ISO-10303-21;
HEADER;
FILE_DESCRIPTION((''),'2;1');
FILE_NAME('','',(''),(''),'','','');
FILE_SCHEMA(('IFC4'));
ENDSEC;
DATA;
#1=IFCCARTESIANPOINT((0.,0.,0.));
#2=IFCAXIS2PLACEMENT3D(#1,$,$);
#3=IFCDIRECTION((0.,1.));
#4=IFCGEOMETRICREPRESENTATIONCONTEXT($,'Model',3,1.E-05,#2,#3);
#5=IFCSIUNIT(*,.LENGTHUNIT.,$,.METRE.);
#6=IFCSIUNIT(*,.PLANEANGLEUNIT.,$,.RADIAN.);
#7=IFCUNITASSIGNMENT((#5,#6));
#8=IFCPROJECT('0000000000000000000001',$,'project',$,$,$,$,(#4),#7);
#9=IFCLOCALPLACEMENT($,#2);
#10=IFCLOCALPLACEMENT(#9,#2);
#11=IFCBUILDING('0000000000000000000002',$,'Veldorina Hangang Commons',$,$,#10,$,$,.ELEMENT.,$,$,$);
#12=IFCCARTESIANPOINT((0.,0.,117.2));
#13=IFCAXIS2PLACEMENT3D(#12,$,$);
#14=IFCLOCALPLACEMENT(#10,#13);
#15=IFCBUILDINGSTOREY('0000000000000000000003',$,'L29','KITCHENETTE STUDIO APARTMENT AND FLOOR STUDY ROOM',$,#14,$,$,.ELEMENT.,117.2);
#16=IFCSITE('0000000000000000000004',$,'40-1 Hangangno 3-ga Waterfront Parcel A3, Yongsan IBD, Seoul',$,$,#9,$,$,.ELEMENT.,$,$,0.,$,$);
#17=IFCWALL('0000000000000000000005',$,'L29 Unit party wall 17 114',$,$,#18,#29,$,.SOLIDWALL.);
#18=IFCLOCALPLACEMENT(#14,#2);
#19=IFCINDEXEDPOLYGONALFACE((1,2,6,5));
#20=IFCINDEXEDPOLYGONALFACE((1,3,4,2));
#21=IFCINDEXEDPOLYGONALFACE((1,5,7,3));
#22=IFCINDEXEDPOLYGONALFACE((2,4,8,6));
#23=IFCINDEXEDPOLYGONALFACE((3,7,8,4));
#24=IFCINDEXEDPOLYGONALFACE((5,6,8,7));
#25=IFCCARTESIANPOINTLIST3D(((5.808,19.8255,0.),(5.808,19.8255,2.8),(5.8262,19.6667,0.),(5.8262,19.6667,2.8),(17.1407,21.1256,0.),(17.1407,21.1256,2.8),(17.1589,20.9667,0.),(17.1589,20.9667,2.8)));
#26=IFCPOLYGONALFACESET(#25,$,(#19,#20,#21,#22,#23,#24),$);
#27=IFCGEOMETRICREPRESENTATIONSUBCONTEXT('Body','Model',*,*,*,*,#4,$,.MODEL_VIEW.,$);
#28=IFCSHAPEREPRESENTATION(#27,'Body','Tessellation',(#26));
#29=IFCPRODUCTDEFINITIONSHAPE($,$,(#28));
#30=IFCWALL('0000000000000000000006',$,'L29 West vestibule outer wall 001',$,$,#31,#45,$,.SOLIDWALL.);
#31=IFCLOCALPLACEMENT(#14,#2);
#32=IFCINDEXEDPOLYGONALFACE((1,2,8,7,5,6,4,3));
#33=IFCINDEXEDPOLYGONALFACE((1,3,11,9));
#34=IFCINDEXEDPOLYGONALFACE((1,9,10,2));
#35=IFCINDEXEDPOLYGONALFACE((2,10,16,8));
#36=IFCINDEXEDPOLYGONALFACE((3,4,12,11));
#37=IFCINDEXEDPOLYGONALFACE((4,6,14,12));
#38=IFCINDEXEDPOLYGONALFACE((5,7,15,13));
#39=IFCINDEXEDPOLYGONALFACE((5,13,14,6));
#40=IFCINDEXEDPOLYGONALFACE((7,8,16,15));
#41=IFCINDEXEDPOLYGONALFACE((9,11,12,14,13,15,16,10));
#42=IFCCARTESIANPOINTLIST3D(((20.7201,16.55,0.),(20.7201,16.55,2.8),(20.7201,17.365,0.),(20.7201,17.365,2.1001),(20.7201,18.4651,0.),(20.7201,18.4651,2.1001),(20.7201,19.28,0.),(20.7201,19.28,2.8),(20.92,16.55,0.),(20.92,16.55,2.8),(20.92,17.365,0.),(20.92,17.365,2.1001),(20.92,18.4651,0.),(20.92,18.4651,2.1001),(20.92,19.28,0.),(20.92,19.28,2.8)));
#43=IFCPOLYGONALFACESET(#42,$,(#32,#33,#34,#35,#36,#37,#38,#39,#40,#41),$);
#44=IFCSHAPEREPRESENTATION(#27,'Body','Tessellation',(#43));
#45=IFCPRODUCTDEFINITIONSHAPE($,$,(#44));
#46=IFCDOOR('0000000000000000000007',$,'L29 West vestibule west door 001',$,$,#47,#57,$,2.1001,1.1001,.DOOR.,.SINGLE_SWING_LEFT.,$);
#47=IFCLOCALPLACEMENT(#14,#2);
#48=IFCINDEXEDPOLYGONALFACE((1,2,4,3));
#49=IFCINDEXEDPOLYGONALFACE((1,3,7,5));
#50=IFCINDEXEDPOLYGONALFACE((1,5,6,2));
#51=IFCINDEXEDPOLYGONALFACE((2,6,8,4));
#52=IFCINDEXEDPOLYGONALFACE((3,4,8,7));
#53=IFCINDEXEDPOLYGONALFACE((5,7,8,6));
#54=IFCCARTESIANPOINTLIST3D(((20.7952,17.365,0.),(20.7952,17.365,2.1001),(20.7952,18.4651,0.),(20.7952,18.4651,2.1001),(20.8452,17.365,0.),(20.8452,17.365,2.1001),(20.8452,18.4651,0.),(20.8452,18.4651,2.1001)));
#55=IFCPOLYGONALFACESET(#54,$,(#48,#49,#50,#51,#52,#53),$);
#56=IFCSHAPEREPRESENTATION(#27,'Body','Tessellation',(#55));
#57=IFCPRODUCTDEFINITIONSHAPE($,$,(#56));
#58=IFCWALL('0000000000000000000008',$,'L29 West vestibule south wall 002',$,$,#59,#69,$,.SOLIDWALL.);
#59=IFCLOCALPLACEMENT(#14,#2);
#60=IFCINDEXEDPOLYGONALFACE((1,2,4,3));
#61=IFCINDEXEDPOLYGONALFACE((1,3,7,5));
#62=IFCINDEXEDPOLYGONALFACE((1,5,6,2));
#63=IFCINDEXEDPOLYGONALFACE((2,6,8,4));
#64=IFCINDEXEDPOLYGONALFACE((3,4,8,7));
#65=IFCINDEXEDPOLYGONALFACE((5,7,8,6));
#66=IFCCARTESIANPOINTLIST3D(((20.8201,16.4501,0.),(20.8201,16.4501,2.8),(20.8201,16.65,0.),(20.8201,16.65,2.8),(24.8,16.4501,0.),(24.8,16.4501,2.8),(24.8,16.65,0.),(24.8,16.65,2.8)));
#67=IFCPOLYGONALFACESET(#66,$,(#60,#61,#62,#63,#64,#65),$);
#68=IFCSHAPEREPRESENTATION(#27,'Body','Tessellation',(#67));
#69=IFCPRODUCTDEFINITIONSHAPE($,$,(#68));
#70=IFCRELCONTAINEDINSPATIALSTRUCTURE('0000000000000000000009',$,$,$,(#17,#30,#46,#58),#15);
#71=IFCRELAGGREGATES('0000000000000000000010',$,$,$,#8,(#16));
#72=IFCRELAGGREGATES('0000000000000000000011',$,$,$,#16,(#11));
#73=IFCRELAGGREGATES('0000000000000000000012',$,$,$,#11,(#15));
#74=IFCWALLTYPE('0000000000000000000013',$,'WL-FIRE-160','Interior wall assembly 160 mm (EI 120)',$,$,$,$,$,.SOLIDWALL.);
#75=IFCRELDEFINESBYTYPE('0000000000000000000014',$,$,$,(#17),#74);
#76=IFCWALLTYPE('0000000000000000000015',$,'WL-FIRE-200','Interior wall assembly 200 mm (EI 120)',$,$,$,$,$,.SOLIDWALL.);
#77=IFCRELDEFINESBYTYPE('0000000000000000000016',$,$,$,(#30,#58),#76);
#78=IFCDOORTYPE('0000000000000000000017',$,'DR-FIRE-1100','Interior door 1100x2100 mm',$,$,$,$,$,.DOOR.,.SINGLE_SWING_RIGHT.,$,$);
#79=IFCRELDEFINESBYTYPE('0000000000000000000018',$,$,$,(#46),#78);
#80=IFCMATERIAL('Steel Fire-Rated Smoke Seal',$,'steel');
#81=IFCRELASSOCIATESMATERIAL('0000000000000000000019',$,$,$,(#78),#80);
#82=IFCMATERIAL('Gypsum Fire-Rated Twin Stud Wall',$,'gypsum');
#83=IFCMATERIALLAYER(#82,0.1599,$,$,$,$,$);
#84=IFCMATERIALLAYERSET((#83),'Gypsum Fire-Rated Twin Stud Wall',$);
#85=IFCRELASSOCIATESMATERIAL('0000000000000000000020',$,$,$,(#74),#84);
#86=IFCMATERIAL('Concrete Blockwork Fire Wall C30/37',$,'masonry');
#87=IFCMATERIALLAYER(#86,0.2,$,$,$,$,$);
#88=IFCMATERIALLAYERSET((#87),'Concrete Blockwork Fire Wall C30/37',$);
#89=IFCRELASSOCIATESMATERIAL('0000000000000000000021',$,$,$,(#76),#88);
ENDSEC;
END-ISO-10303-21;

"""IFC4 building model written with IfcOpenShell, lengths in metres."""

from ifc_helpers import new_model, si_unit, direction, frame, frame_2d, origin, place, context, subcontext, project, spatial, rectangle, extrude, material, layer, layer_set, type_object, element, fill, save


model = new_model("IFC4")

# Units and contexts
model_context = context("Model", 3, precision=1e-05, world=origin(), true_north=direction((0.0, 1.0)))
body_context = subcontext(model_context, "Body", "Model", "MODEL_VIEW")
ifc_project = project(units=[si_unit("LENGTHUNIT", "METRE"), si_unit("PLANEANGLEUNIT", "RADIAN")], contexts=[model_context])

# Site, building, storey
site_placement = place(None, origin())
site = spatial("IfcSite", under=ifc_project, at=site_placement, Name="40-1 Hangangno 3-ga Waterfront Parcel A3, Yongsan IBD, Seoul", CompositionType="ELEMENT", RefElevation=0.0)
building_placement = place(site_placement, origin())
building = spatial("IfcBuilding", under=site, at=building_placement, Name="Veldorina Hangang Commons", CompositionType="ELEMENT")
storey_placement = place(building_placement, frame((0.0, 0.0, 117.2)))
storey = spatial("IfcBuildingStorey", under=building, at=storey_placement, Name="L29", Description="KITCHENETTE STUDIO APARTMENT AND FLOOR STUDY ROOM", CompositionType="ELEMENT", Elevation=117.2)

# Shared definitions
ifc_material_1 = material(Name="Steel Fire-Rated Smoke Seal", Category="steel")
door_type_1 = type_object("IfcDoorType", Name="DR-FIRE-1100", Description="Interior door 1100x2100 mm", OperationType="SINGLE_SWING_RIGHT", PredefinedType="DOOR", material=ifc_material_1)

# Shared definitions
ifc_material_2 = material(Name="Gypsum Fire-Rated Twin Stud Wall", Category="gypsum")
ifc_layer_1 = layer(ifc_material_2, 0.1599)
ifc_layer_set_1 = layer_set([ifc_layer_1], Name="Gypsum Fire-Rated Twin Stud Wall")
wall_type_1 = type_object("IfcWallType", Name="WL-FIRE-160", Description="Interior wall assembly 160 mm (EI 120)", PredefinedType="SOLIDWALL", material=ifc_layer_set_1)

# Wall
wall_1_placement = place(storey_placement, frame((17.1499, 21.0461, 0.0), z_axis=(0.0, 0.0, 1.0), x_axis=(-0.993484, -0.113969, 0.0)))
element("IfcWall", 1, at=wall_1_placement, inside=storey, type_object=wall_type_1, Name="L29 Unit party wall 17 114", PredefinedType="SOLIDWALL", context=body_context, shape_type="SweptSolid", body=[
    extrude(rectangle(XDim=11.407, YDim=0.1599, at=frame_2d((5.7036, 0.0))), origin(), (0.0, 0.0, 1.0), 2.8),
])

# Wall, opening, door
ifc_material_3 = material(Name="Concrete Blockwork Fire Wall C30/37", Category="masonry")
ifc_layer_2 = layer(ifc_material_3, 0.2)
ifc_layer_set_2 = layer_set([ifc_layer_2], Name="Concrete Blockwork Fire Wall C30/37")
wall_type_2 = type_object("IfcWallType", Name="WL-FIRE-200", Description="Interior wall assembly 200 mm (EI 120)", PredefinedType="SOLIDWALL", material=ifc_layer_set_2)
wall_2_placement = place(storey_placement, frame((20.8201, 16.55, 0.0), z_axis=(0.0, 0.0, 1.0), x_axis=(0.0, 1.0, 0.0)))
wall_2 = element("IfcWall", 2, at=wall_2_placement, inside=storey, type_object=wall_type_2, Name="L29 West vestibule outer wall 001", PredefinedType="SOLIDWALL", context=body_context, shape_type="SweptSolid", body=[
    extrude(rectangle(XDim=2.73, YDim=0.2, at=frame_2d((1.365, 0.0))), origin(), (0.0, 0.0, 1.0), 2.8),
])
opening_1_placement = place(wall_2_placement, frame((0.8149, 0.0, 0.0)))
opening_1 = element("IfcOpeningElement", 3, at=opening_1_placement, cuts=wall_2, PredefinedType="OPENING", context=body_context, shape_type="SweptSolid", body=[
    extrude(rectangle(XDim=1.1001, YDim=2.1001, at=frame_2d((0.55, 1.05))), frame((0.0, 0.1099, 0.0), z_axis=(0.0, -1.0, 0.0), x_axis=(1.0, 0.0, 0.0)), (0.0, 0.0, 1.0), 0.22),
])
door_1_placement = place(opening_1_placement, origin())
door_1 = element("IfcDoor", 4, at=door_1_placement, inside=storey, type_object=door_type_1, Name="L29 West vestibule west door 001", OperationType="SINGLE_SWING_LEFT", OverallHeight=2.1001, OverallWidth=1.1001, PredefinedType="DOOR", context=body_context, shape_type="SweptSolid", body=[
    extrude(rectangle(XDim=1.1001, YDim=2.1001, at=frame_2d((0.55, 1.05))), frame((0.0, 0.0249, 0.0), z_axis=(0.0, -1.0, 0.0), x_axis=(1.0, 0.0, 0.0)), (0.0, 0.0, 1.0), 0.05),
])
fill(opening_1, door_1)

# Wall
wall_3_placement = place(storey_placement, frame((20.8201, 16.55, 0.0), z_axis=(0.0, 0.0, 1.0), x_axis=(1.0, 0.0, 0.0)))
element("IfcWall", 5, at=wall_3_placement, inside=storey, type_object=wall_type_2, Name="L29 West vestibule south wall 002", PredefinedType="SOLIDWALL", context=body_context, shape_type="SweptSolid", body=[
    extrude(rectangle(XDim=3.98, YDim=0.2, at=frame_2d((1.99, 0.0))), origin(), (0.0, 0.0, 1.0), 2.8),
])

save(model, "model.ifc")
